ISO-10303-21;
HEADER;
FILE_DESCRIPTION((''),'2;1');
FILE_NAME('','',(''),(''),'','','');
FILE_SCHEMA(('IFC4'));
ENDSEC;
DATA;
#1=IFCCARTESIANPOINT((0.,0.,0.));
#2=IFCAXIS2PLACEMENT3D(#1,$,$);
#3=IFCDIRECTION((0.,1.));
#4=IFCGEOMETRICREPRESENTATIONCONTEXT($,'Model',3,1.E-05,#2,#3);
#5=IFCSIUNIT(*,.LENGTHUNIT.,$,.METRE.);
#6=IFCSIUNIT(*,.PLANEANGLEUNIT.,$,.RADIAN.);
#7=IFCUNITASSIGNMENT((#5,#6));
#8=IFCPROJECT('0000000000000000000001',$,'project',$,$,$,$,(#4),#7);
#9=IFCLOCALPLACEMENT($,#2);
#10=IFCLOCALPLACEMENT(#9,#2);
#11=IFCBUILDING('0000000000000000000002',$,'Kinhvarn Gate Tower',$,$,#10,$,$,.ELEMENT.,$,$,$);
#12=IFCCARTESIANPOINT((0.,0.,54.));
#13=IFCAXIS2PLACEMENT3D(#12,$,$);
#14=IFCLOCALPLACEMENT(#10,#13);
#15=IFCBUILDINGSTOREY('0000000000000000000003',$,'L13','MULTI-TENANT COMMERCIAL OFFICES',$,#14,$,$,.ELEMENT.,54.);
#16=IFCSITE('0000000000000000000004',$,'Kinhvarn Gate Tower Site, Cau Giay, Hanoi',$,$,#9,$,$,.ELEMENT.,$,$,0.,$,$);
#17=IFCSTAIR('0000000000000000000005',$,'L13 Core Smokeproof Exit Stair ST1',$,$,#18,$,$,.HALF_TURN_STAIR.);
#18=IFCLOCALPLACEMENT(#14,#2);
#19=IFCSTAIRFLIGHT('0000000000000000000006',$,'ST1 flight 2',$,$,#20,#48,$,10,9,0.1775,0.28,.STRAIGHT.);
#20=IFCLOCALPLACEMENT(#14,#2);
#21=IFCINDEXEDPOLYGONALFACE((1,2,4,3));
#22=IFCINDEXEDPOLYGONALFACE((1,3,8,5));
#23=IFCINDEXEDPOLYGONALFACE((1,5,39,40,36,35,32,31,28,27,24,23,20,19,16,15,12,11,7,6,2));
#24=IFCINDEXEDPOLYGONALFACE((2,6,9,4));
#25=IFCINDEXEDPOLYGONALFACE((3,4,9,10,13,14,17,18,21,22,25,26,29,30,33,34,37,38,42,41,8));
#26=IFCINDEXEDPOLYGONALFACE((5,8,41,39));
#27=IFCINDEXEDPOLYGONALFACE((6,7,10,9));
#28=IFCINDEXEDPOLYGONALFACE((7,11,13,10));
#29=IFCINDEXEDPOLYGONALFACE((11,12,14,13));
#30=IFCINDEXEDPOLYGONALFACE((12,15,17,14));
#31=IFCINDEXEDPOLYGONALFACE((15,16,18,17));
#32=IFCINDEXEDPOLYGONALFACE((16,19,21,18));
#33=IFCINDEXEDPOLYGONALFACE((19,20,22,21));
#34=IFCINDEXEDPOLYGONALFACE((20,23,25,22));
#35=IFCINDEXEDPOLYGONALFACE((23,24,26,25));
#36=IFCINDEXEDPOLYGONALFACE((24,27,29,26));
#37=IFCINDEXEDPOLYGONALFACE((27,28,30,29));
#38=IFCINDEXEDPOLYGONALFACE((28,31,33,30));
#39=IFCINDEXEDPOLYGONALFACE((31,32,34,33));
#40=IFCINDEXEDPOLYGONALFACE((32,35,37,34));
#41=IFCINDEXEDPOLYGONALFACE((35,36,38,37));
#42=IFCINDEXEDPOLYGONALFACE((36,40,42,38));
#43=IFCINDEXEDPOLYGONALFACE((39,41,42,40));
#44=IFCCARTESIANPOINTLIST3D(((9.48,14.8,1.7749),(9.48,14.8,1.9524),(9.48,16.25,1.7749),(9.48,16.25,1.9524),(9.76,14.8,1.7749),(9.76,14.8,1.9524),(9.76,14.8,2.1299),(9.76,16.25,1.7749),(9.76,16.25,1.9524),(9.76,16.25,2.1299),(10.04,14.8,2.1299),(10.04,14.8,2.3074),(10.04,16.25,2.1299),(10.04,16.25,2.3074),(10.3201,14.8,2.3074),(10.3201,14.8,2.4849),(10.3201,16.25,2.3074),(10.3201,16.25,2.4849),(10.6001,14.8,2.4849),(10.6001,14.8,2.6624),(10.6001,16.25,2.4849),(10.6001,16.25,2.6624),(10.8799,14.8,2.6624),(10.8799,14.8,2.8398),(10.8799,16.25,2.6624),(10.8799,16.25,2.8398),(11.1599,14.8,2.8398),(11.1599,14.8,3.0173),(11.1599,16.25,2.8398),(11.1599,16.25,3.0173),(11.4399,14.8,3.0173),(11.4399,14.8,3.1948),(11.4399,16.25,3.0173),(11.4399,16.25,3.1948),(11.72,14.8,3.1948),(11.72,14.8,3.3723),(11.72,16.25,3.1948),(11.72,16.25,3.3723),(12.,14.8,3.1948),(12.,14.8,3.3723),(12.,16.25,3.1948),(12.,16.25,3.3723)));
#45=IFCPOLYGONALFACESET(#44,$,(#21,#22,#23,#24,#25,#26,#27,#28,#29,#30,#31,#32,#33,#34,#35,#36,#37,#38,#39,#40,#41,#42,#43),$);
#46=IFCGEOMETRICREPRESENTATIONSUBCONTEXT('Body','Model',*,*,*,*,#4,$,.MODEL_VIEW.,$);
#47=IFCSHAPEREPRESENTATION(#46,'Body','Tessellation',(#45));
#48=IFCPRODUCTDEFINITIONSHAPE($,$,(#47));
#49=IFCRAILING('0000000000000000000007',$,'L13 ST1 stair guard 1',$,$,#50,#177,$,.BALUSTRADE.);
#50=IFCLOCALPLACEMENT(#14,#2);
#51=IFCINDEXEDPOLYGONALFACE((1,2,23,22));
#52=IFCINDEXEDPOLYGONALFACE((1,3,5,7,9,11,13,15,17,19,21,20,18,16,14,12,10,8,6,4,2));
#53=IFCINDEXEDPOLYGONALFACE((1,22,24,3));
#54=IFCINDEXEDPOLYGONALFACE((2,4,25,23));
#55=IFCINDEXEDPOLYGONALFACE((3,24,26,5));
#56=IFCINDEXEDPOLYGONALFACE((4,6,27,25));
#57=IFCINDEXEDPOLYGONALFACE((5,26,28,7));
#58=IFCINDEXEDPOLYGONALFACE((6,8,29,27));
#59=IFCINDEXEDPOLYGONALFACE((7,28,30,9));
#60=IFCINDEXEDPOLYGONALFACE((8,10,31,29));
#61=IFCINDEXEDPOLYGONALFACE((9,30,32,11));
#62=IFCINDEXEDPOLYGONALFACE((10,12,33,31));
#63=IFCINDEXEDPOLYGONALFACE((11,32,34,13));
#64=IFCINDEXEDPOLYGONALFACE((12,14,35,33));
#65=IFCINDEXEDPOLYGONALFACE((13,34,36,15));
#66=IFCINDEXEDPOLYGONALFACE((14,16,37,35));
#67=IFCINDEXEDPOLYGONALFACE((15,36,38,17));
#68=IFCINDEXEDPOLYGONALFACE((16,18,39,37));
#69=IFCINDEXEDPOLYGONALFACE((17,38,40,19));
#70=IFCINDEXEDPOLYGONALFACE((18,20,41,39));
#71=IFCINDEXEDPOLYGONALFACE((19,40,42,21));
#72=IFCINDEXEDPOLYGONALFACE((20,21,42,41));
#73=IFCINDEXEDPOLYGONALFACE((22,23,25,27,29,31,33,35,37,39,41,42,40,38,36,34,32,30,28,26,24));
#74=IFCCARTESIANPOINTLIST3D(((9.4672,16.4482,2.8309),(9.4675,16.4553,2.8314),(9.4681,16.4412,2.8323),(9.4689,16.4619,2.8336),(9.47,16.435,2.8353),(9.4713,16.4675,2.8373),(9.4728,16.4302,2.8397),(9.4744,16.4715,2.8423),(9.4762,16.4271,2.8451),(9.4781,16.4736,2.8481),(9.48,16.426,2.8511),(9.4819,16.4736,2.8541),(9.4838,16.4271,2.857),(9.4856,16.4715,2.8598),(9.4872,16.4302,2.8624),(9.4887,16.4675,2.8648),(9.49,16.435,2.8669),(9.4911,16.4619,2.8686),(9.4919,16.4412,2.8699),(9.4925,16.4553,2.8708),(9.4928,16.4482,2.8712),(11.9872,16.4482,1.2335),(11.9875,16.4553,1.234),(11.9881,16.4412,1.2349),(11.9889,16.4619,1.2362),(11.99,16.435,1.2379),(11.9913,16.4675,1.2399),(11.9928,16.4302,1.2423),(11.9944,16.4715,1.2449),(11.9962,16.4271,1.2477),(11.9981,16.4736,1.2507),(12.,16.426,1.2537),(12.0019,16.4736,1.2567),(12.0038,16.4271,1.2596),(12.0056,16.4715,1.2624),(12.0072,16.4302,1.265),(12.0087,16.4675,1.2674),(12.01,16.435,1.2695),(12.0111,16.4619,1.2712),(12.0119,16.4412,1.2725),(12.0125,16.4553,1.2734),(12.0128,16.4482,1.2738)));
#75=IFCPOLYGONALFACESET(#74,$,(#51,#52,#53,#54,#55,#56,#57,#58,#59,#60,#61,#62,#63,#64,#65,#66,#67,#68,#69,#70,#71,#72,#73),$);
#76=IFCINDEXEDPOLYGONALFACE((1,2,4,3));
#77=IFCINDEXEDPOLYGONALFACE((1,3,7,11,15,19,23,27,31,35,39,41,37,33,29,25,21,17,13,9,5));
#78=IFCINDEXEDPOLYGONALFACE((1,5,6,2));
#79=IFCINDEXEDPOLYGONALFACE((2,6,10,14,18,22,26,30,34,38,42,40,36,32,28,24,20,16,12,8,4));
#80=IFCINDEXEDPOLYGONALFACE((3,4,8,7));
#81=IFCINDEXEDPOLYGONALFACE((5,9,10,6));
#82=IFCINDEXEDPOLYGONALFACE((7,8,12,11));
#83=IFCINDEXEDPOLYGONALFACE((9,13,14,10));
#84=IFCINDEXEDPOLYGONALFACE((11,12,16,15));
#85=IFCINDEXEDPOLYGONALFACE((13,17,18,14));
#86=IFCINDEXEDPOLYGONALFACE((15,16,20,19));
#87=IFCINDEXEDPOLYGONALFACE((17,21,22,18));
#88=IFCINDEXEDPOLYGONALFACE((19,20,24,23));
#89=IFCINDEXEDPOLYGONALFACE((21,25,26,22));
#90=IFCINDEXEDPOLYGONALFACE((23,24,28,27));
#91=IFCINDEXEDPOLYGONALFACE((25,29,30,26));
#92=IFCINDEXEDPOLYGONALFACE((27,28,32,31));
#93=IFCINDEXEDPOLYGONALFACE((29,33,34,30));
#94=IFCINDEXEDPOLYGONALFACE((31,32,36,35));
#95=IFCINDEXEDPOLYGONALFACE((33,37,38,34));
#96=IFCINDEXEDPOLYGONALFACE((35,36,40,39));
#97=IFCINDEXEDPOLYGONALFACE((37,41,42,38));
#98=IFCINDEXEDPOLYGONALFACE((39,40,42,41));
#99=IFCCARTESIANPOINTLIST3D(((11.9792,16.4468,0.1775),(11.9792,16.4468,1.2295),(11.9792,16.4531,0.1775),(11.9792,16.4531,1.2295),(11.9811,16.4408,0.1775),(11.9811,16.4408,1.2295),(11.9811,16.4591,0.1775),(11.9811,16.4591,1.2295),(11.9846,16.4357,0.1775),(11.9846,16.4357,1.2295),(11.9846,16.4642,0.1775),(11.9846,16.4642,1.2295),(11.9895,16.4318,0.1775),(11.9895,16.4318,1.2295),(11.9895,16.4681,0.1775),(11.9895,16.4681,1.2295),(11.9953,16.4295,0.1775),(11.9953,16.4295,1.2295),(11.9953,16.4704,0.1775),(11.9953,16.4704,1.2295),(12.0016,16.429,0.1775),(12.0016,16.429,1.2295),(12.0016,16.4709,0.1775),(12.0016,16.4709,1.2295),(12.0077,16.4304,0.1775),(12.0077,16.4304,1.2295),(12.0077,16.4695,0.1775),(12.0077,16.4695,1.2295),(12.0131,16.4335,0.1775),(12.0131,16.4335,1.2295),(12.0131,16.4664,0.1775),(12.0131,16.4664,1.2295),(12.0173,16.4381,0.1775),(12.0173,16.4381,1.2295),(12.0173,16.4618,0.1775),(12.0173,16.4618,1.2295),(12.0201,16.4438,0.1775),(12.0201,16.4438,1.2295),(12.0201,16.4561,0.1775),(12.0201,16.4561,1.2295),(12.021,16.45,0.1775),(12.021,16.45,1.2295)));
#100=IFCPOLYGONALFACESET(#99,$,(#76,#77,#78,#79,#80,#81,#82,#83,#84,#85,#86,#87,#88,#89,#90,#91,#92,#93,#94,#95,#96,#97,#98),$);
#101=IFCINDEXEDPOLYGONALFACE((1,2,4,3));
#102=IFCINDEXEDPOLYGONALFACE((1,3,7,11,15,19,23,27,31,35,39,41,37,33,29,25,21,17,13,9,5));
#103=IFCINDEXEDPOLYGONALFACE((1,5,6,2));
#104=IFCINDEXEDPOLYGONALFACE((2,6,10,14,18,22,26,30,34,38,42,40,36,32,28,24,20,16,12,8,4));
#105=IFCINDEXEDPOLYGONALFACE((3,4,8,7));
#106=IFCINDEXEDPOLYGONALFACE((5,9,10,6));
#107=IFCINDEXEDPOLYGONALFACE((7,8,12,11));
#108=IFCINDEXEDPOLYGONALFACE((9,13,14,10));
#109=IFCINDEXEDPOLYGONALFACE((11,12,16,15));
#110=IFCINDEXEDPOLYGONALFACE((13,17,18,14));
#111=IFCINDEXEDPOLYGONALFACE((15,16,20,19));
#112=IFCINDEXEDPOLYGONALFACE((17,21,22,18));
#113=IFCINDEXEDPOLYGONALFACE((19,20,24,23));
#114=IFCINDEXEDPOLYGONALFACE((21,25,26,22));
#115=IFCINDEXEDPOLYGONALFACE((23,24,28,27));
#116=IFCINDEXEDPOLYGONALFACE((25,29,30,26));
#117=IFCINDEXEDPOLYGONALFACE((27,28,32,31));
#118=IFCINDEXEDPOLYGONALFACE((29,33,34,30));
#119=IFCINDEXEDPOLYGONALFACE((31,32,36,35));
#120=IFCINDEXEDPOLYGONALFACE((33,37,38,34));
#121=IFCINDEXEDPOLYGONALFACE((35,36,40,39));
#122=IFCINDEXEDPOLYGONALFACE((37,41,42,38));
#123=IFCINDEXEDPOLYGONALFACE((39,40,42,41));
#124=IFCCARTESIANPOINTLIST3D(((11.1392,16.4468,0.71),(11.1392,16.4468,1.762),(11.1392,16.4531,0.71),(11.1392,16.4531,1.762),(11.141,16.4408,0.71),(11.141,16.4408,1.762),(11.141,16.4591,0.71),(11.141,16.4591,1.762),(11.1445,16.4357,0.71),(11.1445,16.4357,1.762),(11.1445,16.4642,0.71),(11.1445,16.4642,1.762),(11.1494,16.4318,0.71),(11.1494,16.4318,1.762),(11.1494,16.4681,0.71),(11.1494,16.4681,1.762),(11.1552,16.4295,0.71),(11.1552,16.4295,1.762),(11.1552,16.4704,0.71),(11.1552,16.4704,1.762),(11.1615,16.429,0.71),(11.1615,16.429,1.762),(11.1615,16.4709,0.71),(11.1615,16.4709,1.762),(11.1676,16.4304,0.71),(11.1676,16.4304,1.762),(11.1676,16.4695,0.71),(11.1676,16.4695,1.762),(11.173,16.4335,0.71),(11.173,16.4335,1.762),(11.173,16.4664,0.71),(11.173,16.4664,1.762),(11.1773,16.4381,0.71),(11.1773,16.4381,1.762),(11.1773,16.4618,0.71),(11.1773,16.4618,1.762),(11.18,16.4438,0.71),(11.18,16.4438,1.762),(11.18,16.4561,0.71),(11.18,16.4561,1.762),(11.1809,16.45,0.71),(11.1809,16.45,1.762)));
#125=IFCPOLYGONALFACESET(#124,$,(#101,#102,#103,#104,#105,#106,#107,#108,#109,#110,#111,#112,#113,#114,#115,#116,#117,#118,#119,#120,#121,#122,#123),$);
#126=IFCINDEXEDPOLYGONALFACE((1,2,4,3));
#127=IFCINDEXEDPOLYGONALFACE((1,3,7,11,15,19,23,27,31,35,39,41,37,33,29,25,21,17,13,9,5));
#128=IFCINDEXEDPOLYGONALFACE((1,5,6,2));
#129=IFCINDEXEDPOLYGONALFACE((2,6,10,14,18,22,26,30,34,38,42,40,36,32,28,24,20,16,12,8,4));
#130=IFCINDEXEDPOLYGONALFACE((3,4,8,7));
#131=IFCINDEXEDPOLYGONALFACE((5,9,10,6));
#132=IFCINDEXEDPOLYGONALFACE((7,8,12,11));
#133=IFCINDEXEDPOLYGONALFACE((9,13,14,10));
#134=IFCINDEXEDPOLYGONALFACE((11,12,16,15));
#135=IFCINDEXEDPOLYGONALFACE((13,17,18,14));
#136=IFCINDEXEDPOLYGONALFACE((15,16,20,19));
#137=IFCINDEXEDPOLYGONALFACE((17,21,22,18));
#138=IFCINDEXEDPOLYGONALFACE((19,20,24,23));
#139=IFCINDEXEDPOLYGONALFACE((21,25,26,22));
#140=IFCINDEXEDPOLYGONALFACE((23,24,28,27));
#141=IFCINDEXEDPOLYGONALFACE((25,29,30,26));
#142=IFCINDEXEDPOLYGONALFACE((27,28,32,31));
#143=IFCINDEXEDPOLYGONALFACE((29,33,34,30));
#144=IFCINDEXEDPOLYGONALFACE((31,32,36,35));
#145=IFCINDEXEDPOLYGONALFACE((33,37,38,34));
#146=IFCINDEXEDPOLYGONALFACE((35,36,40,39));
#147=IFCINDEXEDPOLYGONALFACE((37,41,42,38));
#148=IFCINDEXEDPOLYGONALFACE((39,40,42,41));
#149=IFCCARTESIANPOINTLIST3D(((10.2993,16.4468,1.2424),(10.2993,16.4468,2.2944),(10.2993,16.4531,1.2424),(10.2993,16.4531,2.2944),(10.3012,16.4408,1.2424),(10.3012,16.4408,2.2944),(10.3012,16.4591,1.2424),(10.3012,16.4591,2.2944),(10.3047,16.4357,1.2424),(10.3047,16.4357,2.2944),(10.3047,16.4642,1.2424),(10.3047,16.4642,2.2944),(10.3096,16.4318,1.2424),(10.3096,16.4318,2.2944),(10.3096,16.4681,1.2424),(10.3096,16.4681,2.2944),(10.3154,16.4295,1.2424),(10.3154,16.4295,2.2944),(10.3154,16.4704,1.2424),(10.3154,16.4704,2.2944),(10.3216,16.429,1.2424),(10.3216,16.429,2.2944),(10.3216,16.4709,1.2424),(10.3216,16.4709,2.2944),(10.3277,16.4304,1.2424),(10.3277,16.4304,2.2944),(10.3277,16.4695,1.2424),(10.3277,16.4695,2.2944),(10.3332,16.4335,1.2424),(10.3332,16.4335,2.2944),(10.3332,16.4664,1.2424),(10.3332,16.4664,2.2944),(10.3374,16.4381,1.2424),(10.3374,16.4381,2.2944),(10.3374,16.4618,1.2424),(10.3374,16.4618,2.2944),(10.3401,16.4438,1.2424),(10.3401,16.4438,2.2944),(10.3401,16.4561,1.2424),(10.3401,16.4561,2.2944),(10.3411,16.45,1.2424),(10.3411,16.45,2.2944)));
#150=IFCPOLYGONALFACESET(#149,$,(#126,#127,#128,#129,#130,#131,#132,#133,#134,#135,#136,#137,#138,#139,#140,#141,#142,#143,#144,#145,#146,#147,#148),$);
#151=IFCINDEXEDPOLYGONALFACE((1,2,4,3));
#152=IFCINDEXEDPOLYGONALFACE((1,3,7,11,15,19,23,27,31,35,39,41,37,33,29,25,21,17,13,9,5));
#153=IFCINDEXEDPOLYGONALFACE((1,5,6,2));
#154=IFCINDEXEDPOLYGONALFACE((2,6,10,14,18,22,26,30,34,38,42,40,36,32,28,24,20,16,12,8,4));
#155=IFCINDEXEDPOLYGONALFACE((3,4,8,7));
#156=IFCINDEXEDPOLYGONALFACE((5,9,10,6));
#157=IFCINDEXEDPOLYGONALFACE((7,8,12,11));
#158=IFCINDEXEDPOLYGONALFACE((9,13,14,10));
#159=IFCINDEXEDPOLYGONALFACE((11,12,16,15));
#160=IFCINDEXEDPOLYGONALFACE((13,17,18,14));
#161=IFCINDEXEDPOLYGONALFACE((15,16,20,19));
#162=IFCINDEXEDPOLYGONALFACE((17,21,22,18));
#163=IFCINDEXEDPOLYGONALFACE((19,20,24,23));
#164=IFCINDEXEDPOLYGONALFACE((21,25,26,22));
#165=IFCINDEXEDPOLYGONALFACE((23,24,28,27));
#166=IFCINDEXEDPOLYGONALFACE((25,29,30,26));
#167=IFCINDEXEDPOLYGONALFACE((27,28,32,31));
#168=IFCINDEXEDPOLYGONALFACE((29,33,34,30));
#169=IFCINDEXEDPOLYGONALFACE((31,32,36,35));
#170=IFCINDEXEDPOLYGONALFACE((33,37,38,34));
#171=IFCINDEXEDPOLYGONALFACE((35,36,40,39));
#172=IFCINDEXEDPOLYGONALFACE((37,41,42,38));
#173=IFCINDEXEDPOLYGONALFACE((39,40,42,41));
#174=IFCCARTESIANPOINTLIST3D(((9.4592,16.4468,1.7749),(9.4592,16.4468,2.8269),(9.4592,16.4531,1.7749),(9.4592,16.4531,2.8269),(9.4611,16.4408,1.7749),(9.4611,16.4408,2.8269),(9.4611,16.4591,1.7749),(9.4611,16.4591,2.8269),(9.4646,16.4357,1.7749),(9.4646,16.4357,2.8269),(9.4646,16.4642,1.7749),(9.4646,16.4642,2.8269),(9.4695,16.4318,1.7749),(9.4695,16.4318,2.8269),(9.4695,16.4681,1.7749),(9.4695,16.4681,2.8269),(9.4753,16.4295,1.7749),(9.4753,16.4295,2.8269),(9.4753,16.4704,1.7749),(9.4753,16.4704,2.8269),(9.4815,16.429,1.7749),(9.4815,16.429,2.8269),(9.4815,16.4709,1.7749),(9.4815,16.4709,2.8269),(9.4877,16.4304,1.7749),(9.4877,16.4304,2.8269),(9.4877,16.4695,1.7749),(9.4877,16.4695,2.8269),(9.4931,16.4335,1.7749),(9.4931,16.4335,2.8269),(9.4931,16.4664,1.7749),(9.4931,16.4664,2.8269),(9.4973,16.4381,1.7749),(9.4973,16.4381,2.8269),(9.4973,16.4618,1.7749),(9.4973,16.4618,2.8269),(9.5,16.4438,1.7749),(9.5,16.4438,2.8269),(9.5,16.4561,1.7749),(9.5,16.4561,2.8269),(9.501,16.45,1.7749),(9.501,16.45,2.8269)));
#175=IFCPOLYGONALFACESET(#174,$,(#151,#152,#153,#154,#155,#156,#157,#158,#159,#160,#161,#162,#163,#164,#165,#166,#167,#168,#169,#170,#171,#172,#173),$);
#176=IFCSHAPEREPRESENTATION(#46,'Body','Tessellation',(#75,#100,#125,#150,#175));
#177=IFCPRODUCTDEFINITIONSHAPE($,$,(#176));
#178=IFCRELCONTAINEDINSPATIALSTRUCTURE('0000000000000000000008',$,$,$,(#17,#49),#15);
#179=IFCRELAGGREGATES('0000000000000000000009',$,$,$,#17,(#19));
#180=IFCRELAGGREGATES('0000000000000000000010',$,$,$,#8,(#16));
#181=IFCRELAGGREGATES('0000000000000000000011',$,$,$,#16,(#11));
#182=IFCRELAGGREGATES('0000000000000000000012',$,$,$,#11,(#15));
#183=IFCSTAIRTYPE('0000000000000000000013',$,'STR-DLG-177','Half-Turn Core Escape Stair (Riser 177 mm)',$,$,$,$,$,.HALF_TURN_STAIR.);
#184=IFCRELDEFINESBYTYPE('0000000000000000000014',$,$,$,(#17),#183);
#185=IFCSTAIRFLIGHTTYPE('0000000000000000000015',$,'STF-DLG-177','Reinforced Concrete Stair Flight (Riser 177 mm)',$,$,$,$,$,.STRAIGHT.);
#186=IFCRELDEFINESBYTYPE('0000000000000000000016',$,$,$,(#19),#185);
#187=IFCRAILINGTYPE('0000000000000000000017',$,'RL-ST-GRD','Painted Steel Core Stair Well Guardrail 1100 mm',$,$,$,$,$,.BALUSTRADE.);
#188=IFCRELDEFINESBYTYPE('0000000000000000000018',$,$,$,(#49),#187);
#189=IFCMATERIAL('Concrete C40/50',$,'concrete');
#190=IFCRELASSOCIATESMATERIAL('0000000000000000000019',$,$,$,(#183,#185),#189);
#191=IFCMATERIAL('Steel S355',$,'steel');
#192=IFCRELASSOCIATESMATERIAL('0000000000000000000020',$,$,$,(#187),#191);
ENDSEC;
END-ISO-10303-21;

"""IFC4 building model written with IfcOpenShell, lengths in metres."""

from ifc_helpers import new_model, si_unit, direction, frame, origin, origin_2d, place, context, subcontext, project, spatial, polyline, circle, outline, extrude, material, type_object, element, aggregate, save


model = new_model("IFC4")

# Units and contexts
model_context = context("Model", 3, precision=1e-05, world=origin(), true_north=direction((0.0, 1.0)))
body_context = subcontext(model_context, "Body", "Model", "MODEL_VIEW")
ifc_project = project(units=[si_unit("LENGTHUNIT", "METRE"), si_unit("PLANEANGLEUNIT", "RADIAN")], contexts=[model_context])

# Site, building, storey
site_placement = place(None, origin())
site = spatial("IfcSite", under=ifc_project, at=site_placement, Name="Kinhvarn Gate Tower Site, Cau Giay, Hanoi", CompositionType="ELEMENT", RefElevation=0.0)
building_placement = place(site_placement, origin())
building = spatial("IfcBuilding", under=site, at=building_placement, Name="Kinhvarn Gate Tower", CompositionType="ELEMENT")
storey_placement = place(building_placement, frame((0.0, 0.0, 54.0)))
storey = spatial("IfcBuildingStorey", under=building, at=storey_placement, Name="L13", Description="MULTI-TENANT COMMERCIAL OFFICES", CompositionType="ELEMENT", Elevation=54.0)

# Shared definitions
ifc_material_1 = material(Name="Steel S355", Category="steel")

# Shared definitions
ifc_material_2 = material(Name="Concrete C40/50", Category="concrete")

# Stair, stair flight
stair_type = type_object("IfcStairType", Name="STR-DLG-177", Description="Half-Turn Core Escape Stair (Riser 177 mm)", PredefinedType="HALF_TURN_STAIR", material=ifc_material_2)
stair_placement = place(storey_placement, origin())
stair = element("IfcStair", 1, at=stair_placement, inside=storey, type_object=stair_type, Name="L13 Core Smokeproof Exit Stair ST1", PredefinedType="HALF_TURN_STAIR")
stair_flight_type = type_object("IfcStairFlightType", Name="STF-DLG-177", Description="Reinforced Concrete Stair Flight (Riser 177 mm)", PredefinedType="STRAIGHT", material=ifc_material_2)
stair_flight_1_placement = place(storey_placement, frame((9.48, 15.5249, 1.7749), z_axis=(0.0, 0.0, 1.0), x_axis=(1.0, 0.0, 0.0)))
stair_flight_1 = element("IfcStairFlight", 2, at=stair_flight_1_placement, type_object=stair_flight_type, Name="ST1 flight 2", NumberOfRisers=10, NumberOfTreads=9, PredefinedType="STRAIGHT", RiserHeight=0.1775, TreadLength=0.28, context=body_context, shape_type="SweptSolid", body=[
    extrude(outline(polyline([(0.0, 0.0), (0.0, 0.1775), (0.28, 0.1775), (0.28, 0.355), (0.5601, 0.355), (0.5601, 0.5325), (0.8401, 0.5325), (0.8401, 0.71), (1.1201, 0.71), (1.1201, 0.8875), (1.3999, 0.8875), (1.3999, 1.0649), (1.6799, 1.0649), (1.6799, 1.2424), (1.96, 1.2424), (1.96, 1.4199), (2.24, 1.4199), (2.24, 1.5974), (2.52, 1.5974), (2.52, 1.7749), (2.52, 1.4199), (0.28, 0.0), (0.0, 0.0)])), frame((0.0, 0.7251, 0.0), z_axis=(0.0, -1.0, 0.0), x_axis=(1.0, 0.0, 0.0)), (0.0, 0.0, 1.0), 1.45),
])
aggregate(stair, [stair_flight_1])

# Railing
railing_type_1 = type_object("IfcRailingType", Name="RL-ST-GRD", Description="Painted Steel Core Stair Well Guardrail 1100 mm", PredefinedType="BALUSTRADE", material=ifc_material_1)
railing_1_placement = place(storey_placement, frame((12.0, 16.45, 0.1775)))
element("IfcRailing", 3, at=railing_1_placement, inside=storey, type_object=railing_type_1, Name="L13 ST1 stair guard 1", PredefinedType="BALUSTRADE", context=body_context, shape_type="SweptSolid", body=[
    extrude(circle(Radius=0.0239, at=origin_2d()), frame((0.0, 0.0, 1.0762), z_axis=(-0.844607, 0.0, 0.535387), x_axis=(0.0, -1.0, 0.0)), (0.0, 0.0, 1.0), 2.9836),
    extrude(circle(Radius=0.021, at=origin_2d()), origin(), (0.0, 0.0, 1.0), 1.052),
    extrude(circle(Radius=0.021, at=origin_2d()), frame((-0.8401, 0.0, 0.5325)), (0.0, 0.0, 1.0), 1.052),
    extrude(circle(Radius=0.021, at=origin_2d()), frame((-1.6799, 0.0, 1.0649)), (0.0, 0.0, 1.0), 1.052),
    extrude(circle(Radius=0.021, at=origin_2d()), frame((-2.52, 0.0, 1.5974)), (0.0, 0.0, 1.0), 1.052),
])

save(model, "model.ifc")
